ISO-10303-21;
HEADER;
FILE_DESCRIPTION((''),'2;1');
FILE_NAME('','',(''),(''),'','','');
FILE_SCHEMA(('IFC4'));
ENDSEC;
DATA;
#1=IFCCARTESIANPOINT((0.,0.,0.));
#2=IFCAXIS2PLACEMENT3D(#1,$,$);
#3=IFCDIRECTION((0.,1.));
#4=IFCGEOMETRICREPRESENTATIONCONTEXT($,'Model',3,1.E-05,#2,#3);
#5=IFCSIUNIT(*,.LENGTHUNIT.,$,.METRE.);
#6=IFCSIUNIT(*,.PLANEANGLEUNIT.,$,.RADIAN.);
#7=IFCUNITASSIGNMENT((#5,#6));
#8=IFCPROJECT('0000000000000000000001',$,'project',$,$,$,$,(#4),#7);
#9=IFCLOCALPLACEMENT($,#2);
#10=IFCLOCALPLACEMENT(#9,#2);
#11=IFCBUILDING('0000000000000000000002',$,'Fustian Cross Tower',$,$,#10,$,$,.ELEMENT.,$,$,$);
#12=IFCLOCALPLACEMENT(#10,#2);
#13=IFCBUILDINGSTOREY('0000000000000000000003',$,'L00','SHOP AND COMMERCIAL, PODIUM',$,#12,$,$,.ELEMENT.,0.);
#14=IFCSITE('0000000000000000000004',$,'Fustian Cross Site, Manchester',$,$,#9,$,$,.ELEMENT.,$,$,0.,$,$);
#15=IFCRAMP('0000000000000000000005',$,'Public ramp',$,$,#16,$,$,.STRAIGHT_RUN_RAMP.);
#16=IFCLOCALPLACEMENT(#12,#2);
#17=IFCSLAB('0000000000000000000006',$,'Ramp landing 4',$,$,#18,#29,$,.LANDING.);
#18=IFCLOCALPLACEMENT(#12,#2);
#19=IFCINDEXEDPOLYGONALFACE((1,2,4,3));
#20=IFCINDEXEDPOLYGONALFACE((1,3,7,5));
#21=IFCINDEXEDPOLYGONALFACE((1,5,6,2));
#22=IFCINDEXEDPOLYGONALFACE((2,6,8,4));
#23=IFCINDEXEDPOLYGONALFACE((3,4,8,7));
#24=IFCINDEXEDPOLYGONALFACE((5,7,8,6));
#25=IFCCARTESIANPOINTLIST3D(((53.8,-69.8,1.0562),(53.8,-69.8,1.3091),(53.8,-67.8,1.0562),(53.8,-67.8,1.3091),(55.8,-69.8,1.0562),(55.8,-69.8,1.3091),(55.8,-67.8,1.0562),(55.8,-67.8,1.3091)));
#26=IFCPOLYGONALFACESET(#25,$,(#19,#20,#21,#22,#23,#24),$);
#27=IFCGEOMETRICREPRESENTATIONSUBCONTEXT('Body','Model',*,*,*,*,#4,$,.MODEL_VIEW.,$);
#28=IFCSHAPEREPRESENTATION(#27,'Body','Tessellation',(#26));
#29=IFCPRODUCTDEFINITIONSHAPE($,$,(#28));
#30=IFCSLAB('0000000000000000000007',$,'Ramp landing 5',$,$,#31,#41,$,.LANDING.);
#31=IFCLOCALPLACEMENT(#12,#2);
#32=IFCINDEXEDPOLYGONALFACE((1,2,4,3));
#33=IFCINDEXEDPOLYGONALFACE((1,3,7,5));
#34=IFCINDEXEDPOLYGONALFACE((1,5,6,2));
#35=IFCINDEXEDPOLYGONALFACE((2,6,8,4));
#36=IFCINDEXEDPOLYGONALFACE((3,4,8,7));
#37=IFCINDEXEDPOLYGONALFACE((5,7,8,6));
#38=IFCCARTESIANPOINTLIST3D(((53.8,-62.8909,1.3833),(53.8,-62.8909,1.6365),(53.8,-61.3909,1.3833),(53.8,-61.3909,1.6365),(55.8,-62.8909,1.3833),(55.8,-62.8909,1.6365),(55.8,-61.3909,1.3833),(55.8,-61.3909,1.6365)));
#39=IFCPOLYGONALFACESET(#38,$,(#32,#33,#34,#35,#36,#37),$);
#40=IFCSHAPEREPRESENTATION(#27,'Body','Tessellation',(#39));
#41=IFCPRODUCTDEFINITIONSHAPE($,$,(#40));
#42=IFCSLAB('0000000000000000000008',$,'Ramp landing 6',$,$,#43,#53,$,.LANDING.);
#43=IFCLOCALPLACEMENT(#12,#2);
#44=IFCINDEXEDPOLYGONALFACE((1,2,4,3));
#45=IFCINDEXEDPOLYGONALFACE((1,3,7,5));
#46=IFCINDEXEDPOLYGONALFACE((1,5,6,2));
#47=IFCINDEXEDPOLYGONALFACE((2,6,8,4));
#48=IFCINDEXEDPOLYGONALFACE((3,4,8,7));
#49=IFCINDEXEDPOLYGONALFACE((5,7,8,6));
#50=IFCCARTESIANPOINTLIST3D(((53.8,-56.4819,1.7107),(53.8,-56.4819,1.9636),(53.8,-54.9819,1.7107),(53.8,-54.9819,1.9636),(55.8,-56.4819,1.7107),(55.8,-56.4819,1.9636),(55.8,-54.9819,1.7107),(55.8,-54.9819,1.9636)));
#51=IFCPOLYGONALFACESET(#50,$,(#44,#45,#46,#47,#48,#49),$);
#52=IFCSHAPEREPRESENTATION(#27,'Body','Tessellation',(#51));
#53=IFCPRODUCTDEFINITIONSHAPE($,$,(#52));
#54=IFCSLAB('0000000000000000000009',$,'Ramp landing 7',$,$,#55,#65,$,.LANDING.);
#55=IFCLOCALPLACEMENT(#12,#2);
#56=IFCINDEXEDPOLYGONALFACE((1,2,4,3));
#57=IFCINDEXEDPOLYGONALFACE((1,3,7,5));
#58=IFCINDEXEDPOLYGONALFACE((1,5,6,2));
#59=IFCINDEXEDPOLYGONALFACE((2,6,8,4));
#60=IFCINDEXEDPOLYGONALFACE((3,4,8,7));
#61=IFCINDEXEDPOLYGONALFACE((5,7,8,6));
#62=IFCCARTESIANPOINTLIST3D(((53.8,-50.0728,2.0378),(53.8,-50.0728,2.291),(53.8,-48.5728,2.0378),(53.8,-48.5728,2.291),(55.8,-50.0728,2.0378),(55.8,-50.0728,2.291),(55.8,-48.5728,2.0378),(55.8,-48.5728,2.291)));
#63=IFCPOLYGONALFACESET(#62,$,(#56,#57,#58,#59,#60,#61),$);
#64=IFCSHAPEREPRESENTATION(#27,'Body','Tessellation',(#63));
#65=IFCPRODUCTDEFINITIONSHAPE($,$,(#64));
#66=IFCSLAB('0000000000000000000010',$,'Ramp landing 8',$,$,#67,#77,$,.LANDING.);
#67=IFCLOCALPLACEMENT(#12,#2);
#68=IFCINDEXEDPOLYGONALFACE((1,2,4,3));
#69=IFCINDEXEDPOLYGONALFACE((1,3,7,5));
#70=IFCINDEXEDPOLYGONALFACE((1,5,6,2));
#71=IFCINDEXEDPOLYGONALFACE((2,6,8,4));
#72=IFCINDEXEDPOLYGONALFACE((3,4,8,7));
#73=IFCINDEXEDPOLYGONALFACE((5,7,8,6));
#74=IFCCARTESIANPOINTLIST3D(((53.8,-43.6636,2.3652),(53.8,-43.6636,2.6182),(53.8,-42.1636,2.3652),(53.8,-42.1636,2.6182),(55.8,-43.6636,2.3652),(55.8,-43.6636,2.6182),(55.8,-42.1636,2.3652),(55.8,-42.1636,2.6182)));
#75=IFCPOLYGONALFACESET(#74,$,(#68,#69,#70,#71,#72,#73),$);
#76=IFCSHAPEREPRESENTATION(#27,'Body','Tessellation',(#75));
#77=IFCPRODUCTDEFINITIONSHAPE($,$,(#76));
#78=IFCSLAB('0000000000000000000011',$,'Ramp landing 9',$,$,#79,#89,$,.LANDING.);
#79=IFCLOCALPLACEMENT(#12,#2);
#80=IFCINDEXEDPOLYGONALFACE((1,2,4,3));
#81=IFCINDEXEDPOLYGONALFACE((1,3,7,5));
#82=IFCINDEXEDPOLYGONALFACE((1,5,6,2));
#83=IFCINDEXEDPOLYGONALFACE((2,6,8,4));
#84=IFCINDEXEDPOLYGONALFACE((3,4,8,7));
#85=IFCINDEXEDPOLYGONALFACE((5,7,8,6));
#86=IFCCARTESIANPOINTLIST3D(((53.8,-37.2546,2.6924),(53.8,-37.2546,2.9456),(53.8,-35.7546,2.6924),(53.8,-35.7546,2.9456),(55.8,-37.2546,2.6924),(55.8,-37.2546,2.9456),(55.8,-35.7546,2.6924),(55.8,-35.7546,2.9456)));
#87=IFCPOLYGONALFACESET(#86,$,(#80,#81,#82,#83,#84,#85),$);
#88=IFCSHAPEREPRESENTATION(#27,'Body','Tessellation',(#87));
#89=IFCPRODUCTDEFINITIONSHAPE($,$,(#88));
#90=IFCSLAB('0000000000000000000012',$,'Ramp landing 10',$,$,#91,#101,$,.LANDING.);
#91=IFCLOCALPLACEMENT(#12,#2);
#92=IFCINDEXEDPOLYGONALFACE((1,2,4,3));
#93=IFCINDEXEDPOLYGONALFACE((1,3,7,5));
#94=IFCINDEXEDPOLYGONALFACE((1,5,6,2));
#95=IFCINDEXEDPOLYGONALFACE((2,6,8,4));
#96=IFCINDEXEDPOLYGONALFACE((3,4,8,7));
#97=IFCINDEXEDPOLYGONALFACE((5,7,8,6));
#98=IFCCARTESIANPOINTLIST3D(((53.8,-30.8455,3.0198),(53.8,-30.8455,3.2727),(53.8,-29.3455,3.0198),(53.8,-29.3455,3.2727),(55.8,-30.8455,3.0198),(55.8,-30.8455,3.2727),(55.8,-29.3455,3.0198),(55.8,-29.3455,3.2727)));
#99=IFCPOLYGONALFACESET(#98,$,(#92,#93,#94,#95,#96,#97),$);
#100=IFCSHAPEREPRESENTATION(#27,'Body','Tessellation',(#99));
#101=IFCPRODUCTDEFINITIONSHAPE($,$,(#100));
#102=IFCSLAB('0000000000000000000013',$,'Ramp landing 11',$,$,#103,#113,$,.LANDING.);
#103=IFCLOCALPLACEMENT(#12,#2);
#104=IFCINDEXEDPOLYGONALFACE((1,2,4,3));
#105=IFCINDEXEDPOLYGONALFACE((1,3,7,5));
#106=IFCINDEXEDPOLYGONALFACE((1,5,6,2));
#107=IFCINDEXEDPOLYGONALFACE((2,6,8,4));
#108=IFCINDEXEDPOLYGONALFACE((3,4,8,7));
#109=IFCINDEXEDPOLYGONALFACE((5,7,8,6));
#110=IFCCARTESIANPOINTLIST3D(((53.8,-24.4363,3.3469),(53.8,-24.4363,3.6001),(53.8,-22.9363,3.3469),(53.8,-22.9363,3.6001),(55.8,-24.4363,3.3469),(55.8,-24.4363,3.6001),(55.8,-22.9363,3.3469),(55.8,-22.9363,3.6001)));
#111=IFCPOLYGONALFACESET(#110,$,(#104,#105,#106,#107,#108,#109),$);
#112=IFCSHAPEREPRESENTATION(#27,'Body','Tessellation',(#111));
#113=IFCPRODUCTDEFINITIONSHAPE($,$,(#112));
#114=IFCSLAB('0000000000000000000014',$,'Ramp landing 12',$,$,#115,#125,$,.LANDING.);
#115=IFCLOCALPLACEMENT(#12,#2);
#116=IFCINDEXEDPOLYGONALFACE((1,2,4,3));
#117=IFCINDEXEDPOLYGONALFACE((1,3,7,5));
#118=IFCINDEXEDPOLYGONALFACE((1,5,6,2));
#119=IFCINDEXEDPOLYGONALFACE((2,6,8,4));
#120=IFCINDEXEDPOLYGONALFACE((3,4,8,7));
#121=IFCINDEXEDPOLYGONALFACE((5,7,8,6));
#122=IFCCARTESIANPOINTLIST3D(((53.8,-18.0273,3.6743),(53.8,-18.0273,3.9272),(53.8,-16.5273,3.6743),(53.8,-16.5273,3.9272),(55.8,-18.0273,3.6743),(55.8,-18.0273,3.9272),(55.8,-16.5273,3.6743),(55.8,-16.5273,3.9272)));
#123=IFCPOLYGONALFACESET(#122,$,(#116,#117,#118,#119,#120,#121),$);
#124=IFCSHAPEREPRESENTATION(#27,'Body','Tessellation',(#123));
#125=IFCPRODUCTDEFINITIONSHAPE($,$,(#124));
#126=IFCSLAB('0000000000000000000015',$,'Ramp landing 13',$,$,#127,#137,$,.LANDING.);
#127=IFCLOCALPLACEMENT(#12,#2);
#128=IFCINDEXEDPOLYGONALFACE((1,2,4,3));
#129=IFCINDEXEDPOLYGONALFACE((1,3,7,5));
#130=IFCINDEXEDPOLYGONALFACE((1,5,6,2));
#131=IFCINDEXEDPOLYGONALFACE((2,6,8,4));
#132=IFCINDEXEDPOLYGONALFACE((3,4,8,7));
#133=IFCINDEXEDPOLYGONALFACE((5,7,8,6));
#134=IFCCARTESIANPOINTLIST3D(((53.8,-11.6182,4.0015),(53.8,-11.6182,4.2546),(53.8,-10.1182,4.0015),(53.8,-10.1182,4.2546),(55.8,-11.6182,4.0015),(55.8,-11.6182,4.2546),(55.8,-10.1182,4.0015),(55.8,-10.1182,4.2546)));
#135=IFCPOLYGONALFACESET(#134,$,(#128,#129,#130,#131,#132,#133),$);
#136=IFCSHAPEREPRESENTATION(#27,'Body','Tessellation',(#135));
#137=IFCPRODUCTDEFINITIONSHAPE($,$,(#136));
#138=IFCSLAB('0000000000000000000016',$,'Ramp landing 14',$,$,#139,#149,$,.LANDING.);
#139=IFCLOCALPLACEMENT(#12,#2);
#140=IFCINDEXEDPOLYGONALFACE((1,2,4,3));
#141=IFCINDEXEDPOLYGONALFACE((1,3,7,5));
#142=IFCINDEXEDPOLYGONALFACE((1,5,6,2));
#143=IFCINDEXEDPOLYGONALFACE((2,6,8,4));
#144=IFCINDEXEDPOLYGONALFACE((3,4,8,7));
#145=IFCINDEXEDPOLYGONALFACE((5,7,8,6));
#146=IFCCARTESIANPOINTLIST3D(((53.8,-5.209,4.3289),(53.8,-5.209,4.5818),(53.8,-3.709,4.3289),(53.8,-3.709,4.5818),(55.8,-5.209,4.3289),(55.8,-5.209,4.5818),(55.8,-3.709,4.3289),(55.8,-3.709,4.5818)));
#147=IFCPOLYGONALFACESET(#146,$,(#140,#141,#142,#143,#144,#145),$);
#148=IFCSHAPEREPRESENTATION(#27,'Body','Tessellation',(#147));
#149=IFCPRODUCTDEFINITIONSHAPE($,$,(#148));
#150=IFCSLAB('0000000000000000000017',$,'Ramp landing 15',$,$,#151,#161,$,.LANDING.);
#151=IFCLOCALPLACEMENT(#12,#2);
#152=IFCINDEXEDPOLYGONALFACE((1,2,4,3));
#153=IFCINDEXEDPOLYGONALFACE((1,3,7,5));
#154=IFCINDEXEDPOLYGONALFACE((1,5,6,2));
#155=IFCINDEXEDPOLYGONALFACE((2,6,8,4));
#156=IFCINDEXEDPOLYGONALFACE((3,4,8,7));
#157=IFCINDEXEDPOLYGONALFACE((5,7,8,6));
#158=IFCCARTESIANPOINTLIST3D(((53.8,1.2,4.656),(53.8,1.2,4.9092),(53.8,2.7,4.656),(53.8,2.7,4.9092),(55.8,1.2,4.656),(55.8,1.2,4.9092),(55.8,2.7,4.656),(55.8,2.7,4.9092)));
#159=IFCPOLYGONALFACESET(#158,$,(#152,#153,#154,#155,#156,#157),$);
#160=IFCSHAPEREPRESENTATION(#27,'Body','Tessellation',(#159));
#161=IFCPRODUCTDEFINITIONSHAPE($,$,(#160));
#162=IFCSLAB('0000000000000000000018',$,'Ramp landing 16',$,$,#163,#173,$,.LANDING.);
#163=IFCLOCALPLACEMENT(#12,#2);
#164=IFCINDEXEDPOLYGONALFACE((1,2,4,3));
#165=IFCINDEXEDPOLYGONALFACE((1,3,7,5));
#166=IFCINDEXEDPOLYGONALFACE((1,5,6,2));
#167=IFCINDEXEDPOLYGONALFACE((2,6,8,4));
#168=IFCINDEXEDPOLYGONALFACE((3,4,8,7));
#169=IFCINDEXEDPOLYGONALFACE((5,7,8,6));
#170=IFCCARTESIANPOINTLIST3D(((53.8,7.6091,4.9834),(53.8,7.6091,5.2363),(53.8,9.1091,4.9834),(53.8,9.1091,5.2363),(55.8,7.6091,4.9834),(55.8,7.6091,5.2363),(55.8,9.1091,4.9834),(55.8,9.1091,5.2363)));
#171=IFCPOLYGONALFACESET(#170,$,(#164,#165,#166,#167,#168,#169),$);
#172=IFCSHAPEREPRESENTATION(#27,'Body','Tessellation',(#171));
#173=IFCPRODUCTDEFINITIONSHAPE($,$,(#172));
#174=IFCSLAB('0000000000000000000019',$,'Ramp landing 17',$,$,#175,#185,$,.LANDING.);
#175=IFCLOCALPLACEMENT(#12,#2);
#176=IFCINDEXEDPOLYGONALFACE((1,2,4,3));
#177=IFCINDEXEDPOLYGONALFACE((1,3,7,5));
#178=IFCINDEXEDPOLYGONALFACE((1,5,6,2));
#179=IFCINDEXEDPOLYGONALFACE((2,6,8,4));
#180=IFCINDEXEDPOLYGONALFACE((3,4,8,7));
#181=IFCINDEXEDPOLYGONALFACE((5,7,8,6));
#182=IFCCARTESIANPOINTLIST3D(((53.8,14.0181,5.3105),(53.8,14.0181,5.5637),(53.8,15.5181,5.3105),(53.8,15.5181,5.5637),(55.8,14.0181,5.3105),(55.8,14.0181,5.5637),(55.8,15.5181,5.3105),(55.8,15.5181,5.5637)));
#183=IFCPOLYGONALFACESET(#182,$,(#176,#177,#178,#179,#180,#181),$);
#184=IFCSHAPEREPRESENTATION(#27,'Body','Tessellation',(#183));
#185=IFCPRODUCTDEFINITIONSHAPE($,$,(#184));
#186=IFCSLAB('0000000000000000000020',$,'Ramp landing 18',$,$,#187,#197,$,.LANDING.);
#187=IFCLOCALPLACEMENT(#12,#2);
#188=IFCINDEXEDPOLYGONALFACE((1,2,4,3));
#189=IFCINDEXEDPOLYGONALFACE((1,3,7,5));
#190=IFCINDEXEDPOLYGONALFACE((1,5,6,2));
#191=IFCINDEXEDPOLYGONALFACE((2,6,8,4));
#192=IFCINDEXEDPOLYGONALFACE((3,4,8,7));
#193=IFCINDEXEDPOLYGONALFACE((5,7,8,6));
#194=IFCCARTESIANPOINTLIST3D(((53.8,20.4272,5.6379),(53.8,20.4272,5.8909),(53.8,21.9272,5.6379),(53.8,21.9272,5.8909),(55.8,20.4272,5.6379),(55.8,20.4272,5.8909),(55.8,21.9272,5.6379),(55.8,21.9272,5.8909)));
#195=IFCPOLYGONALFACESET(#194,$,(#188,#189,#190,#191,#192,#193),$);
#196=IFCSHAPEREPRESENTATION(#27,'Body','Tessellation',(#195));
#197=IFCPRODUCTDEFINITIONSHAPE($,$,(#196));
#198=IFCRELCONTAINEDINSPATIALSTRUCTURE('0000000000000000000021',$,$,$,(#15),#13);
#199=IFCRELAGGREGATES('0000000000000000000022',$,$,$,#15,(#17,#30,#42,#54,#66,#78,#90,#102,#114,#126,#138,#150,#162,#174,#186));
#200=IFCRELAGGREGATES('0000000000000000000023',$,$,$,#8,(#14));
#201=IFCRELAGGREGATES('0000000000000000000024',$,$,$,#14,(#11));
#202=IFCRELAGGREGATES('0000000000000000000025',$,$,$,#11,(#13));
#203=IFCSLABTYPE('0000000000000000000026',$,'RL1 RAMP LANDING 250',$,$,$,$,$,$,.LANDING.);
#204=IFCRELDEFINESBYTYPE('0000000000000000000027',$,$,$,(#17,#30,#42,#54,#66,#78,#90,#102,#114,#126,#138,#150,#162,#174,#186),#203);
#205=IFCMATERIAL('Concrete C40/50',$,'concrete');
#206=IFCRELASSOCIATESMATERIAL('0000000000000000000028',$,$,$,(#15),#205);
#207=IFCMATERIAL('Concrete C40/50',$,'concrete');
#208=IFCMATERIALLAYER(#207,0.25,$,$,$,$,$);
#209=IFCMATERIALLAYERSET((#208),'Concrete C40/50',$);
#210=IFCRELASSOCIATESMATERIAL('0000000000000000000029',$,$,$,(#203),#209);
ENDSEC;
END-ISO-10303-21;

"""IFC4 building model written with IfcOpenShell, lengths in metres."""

from ifc_helpers import new_model, si_unit, direction, frame, origin, place, context, subcontext, project, spatial, polyline, outline, extrude, material, layer, layer_set, type_object, element, aggregate, save


model = new_model("IFC4")

# Units and contexts
model_context = context("Model", 3, precision=1e-05, world=origin(), true_north=direction((0.0, 1.0)))
body_context = subcontext(model_context, "Body", "Model", "MODEL_VIEW")
ifc_project = project(units=[si_unit("LENGTHUNIT", "METRE"), si_unit("PLANEANGLEUNIT", "RADIAN")], contexts=[model_context])

# Site, building, storey
site_placement = place(None, origin())
site = spatial("IfcSite", under=ifc_project, at=site_placement, Name="Fustian Cross Site, Manchester", CompositionType="ELEMENT", RefElevation=0.0)
building_placement = place(site_placement, origin())
building = spatial("IfcBuilding", under=site, at=building_placement, Name="Fustian Cross Tower", CompositionType="ELEMENT")
storey_placement = place(building_placement, origin())
storey = spatial("IfcBuildingStorey", under=building, at=storey_placement, Name="L00", Description="SHOP AND COMMERCIAL, PODIUM", CompositionType="ELEMENT", Elevation=0.0)

# Ramp, slabs
ifc_material_1 = material(Name="Concrete C40/50", Category="concrete")
ramp_placement = place(storey_placement, origin())
ramp = element("IfcRamp", 1, at=ramp_placement, inside=storey, material=ifc_material_1, Name="Public ramp", PredefinedType="STRAIGHT_RUN_RAMP")
ifc_material_2 = material(Name="Concrete C40/50", Category="concrete")
ifc_layer_1 = layer(ifc_material_2, 0.25)
ifc_layer_set_1 = layer_set([ifc_layer_1], Name="Concrete C40/50")
slab_type_1 = type_object("IfcSlabType", Name="RL1 RAMP LANDING 250", PredefinedType="LANDING", material=ifc_layer_set_1)
slab_1_placement = place(storey_placement, frame((0.0, 0.0, 1.0562)))
slab_1 = element("IfcSlab", 2, at=slab_1_placement, type_object=slab_type_1, Name="Ramp landing 4", PredefinedType="LANDING", context=body_context, shape_type="SweptSolid", body=[
    extrude(outline(polyline([(53.8, -69.8), (55.8, -69.8), (55.8, -67.8), (53.8, -67.8), (53.8, -69.8)])), origin(), (0.0, 0.0, 1.0), 0.2529),
])
slab_2_placement = place(storey_placement, frame((0.0, 0.0, 1.3833)))
slab_2 = element("IfcSlab", 3, at=slab_2_placement, type_object=slab_type_1, Name="Ramp landing 5", PredefinedType="LANDING", context=body_context, shape_type="SweptSolid", body=[
    extrude(outline(polyline([(53.8, -62.8909), (55.8, -62.8909), (55.8, -61.3909), (53.8, -61.3909), (53.8, -62.8909)])), origin(), (0.0, 0.0, 1.0), 0.2532),
])
slab_3_placement = place(storey_placement, frame((0.0, 0.0, 1.7107)))
slab_3 = element("IfcSlab", 4, at=slab_3_placement, type_object=slab_type_1, Name="Ramp landing 6", PredefinedType="LANDING", context=body_context, shape_type="SweptSolid", body=[
    extrude(outline(polyline([(53.8, -56.4819), (55.8, -56.4819), (55.8, -54.9819), (53.8, -54.9819), (53.8, -56.4819)])), origin(), (0.0, 0.0, 1.0), 0.2529),
])
slab_4_placement = place(storey_placement, frame((0.0, 0.0, 2.0378)))
slab_4 = element("IfcSlab", 5, at=slab_4_placement, type_object=slab_type_1, Name="Ramp landing 7", PredefinedType="LANDING", context=body_context, shape_type="SweptSolid", body=[
    extrude(outline(polyline([(53.8, -50.0728), (55.8, -50.0728), (55.8, -48.5728), (53.8, -48.5728), (53.8, -50.0728)])), origin(), (0.0, 0.0, 1.0), 0.2532),
])
slab_5_placement = place(storey_placement, frame((0.0, 0.0, 2.3652)))
slab_5 = element("IfcSlab", 6, at=slab_5_placement, type_object=slab_type_1, Name="Ramp landing 8", PredefinedType="LANDING", context=body_context, shape_type="SweptSolid", body=[
    extrude(outline(polyline([(53.8, -43.6636), (55.8, -43.6636), (55.8, -42.1636), (53.8, -42.1636), (53.8, -43.6636)])), origin(), (0.0, 0.0, 1.0), 0.2529),
])
slab_6_placement = place(storey_placement, frame((0.0, 0.0, 2.6924)))
slab_6 = element("IfcSlab", 7, at=slab_6_placement, type_object=slab_type_1, Name="Ramp landing 9", PredefinedType="LANDING", context=body_context, shape_type="SweptSolid", body=[
    extrude(outline(polyline([(53.8, -37.2546), (55.8, -37.2546), (55.8, -35.7546), (53.8, -35.7546), (53.8, -37.2546)])), origin(), (0.0, 0.0, 1.0), 0.2532),
])
slab_7_placement = place(storey_placement, frame((0.0, 0.0, 3.0198)))
slab_7 = element("IfcSlab", 8, at=slab_7_placement, type_object=slab_type_1, Name="Ramp landing 10", PredefinedType="LANDING", context=body_context, shape_type="SweptSolid", body=[
    extrude(outline(polyline([(53.8, -30.8455), (55.8, -30.8455), (55.8, -29.3455), (53.8, -29.3455), (53.8, -30.8455)])), origin(), (0.0, 0.0, 1.0), 0.2529),
])
slab_8_placement = place(storey_placement, frame((0.0, 0.0, 3.3469)))
slab_8 = element("IfcSlab", 9, at=slab_8_placement, type_object=slab_type_1, Name="Ramp landing 11", PredefinedType="LANDING", context=body_context, shape_type="SweptSolid", body=[
    extrude(outline(polyline([(53.8, -24.4363), (55.8, -24.4363), (55.8, -22.9363), (53.8, -22.9363), (53.8, -24.4363)])), origin(), (0.0, 0.0, 1.0), 0.2532),
])
slab_9_placement = place(storey_placement, frame((0.0, 0.0, 3.6743)))
slab_9 = element("IfcSlab", 10, at=slab_9_placement, type_object=slab_type_1, Name="Ramp landing 12", PredefinedType="LANDING", context=body_context, shape_type="SweptSolid", body=[
    extrude(outline(polyline([(53.8, -18.0273), (55.8, -18.0273), (55.8, -16.5273), (53.8, -16.5273), (53.8, -18.0273)])), origin(), (0.0, 0.0, 1.0), 0.2529),
])
slab_10_placement = place(storey_placement, frame((0.0, 0.0, 4.0015)))
slab_10 = element("IfcSlab", 11, at=slab_10_placement, type_object=slab_type_1, Name="Ramp landing 13", PredefinedType="LANDING", context=body_context, shape_type="SweptSolid", body=[
    extrude(outline(polyline([(53.8, -11.6182), (55.8, -11.6182), (55.8, -10.1182), (53.8, -10.1182), (53.8, -11.6182)])), origin(), (0.0, 0.0, 1.0), 0.2532),
])
slab_11_placement = place(storey_placement, frame((0.0, 0.0, 4.3289)))
slab_11 = element("IfcSlab", 12, at=slab_11_placement, type_object=slab_type_1, Name="Ramp landing 14", PredefinedType="LANDING", context=body_context, shape_type="SweptSolid", body=[
    extrude(outline(polyline([(53.8, -5.209), (55.8, -5.209), (55.8, -3.709), (53.8, -3.709), (53.8, -5.209)])), origin(), (0.0, 0.0, 1.0), 0.2529),
])
slab_12_placement = place(storey_placement, frame((0.0, 0.0, 4.656)))
slab_12 = element("IfcSlab", 13, at=slab_12_placement, type_object=slab_type_1, Name="Ramp landing 15", PredefinedType="LANDING", context=body_context, shape_type="SweptSolid", body=[
    extrude(outline(polyline([(53.8, 1.2), (55.8, 1.2), (55.8, 2.7), (53.8, 2.7), (53.8, 1.2)])), origin(), (0.0, 0.0, 1.0), 0.2532),
])
slab_13_placement = place(storey_placement, frame((0.0, 0.0, 4.9834)))
slab_13 = element("IfcSlab", 14, at=slab_13_placement, type_object=slab_type_1, Name="Ramp landing 16", PredefinedType="LANDING", context=body_context, shape_type="SweptSolid", body=[
    extrude(outline(polyline([(53.8, 7.6091), (55.8, 7.6091), (55.8, 9.1091), (53.8, 9.1091), (53.8, 7.6091)])), origin(), (0.0, 0.0, 1.0), 0.2529),
])
slab_14_placement = place(storey_placement, frame((0.0, 0.0, 5.3105)))
slab_14 = element("IfcSlab", 15, at=slab_14_placement, type_object=slab_type_1, Name="Ramp landing 17", PredefinedType="LANDING", context=body_context, shape_type="SweptSolid", body=[
    extrude(outline(polyline([(53.8, 14.0181), (55.8, 14.0181), (55.8, 15.5181), (53.8, 15.5181), (53.8, 14.0181)])), origin(), (0.0, 0.0, 1.0), 0.2532),
])
slab_15_placement = place(storey_placement, frame((0.0, 0.0, 5.6379)))
slab_15 = element("IfcSlab", 16, at=slab_15_placement, type_object=slab_type_1, Name="Ramp landing 18", PredefinedType="LANDING", context=body_context, shape_type="SweptSolid", body=[
    extrude(outline(polyline([(53.8, 20.4272), (55.8, 20.4272), (55.8, 21.9272), (53.8, 21.9272), (53.8, 20.4272)])), origin(), (0.0, 0.0, 1.0), 0.2529),
])
aggregate(ramp, [slab_1, slab_2, slab_3, slab_4, slab_5, slab_6, slab_7, slab_8, slab_9, slab_10, slab_11, slab_12, slab_13, slab_14, slab_15])

save(model, "model.ifc")
